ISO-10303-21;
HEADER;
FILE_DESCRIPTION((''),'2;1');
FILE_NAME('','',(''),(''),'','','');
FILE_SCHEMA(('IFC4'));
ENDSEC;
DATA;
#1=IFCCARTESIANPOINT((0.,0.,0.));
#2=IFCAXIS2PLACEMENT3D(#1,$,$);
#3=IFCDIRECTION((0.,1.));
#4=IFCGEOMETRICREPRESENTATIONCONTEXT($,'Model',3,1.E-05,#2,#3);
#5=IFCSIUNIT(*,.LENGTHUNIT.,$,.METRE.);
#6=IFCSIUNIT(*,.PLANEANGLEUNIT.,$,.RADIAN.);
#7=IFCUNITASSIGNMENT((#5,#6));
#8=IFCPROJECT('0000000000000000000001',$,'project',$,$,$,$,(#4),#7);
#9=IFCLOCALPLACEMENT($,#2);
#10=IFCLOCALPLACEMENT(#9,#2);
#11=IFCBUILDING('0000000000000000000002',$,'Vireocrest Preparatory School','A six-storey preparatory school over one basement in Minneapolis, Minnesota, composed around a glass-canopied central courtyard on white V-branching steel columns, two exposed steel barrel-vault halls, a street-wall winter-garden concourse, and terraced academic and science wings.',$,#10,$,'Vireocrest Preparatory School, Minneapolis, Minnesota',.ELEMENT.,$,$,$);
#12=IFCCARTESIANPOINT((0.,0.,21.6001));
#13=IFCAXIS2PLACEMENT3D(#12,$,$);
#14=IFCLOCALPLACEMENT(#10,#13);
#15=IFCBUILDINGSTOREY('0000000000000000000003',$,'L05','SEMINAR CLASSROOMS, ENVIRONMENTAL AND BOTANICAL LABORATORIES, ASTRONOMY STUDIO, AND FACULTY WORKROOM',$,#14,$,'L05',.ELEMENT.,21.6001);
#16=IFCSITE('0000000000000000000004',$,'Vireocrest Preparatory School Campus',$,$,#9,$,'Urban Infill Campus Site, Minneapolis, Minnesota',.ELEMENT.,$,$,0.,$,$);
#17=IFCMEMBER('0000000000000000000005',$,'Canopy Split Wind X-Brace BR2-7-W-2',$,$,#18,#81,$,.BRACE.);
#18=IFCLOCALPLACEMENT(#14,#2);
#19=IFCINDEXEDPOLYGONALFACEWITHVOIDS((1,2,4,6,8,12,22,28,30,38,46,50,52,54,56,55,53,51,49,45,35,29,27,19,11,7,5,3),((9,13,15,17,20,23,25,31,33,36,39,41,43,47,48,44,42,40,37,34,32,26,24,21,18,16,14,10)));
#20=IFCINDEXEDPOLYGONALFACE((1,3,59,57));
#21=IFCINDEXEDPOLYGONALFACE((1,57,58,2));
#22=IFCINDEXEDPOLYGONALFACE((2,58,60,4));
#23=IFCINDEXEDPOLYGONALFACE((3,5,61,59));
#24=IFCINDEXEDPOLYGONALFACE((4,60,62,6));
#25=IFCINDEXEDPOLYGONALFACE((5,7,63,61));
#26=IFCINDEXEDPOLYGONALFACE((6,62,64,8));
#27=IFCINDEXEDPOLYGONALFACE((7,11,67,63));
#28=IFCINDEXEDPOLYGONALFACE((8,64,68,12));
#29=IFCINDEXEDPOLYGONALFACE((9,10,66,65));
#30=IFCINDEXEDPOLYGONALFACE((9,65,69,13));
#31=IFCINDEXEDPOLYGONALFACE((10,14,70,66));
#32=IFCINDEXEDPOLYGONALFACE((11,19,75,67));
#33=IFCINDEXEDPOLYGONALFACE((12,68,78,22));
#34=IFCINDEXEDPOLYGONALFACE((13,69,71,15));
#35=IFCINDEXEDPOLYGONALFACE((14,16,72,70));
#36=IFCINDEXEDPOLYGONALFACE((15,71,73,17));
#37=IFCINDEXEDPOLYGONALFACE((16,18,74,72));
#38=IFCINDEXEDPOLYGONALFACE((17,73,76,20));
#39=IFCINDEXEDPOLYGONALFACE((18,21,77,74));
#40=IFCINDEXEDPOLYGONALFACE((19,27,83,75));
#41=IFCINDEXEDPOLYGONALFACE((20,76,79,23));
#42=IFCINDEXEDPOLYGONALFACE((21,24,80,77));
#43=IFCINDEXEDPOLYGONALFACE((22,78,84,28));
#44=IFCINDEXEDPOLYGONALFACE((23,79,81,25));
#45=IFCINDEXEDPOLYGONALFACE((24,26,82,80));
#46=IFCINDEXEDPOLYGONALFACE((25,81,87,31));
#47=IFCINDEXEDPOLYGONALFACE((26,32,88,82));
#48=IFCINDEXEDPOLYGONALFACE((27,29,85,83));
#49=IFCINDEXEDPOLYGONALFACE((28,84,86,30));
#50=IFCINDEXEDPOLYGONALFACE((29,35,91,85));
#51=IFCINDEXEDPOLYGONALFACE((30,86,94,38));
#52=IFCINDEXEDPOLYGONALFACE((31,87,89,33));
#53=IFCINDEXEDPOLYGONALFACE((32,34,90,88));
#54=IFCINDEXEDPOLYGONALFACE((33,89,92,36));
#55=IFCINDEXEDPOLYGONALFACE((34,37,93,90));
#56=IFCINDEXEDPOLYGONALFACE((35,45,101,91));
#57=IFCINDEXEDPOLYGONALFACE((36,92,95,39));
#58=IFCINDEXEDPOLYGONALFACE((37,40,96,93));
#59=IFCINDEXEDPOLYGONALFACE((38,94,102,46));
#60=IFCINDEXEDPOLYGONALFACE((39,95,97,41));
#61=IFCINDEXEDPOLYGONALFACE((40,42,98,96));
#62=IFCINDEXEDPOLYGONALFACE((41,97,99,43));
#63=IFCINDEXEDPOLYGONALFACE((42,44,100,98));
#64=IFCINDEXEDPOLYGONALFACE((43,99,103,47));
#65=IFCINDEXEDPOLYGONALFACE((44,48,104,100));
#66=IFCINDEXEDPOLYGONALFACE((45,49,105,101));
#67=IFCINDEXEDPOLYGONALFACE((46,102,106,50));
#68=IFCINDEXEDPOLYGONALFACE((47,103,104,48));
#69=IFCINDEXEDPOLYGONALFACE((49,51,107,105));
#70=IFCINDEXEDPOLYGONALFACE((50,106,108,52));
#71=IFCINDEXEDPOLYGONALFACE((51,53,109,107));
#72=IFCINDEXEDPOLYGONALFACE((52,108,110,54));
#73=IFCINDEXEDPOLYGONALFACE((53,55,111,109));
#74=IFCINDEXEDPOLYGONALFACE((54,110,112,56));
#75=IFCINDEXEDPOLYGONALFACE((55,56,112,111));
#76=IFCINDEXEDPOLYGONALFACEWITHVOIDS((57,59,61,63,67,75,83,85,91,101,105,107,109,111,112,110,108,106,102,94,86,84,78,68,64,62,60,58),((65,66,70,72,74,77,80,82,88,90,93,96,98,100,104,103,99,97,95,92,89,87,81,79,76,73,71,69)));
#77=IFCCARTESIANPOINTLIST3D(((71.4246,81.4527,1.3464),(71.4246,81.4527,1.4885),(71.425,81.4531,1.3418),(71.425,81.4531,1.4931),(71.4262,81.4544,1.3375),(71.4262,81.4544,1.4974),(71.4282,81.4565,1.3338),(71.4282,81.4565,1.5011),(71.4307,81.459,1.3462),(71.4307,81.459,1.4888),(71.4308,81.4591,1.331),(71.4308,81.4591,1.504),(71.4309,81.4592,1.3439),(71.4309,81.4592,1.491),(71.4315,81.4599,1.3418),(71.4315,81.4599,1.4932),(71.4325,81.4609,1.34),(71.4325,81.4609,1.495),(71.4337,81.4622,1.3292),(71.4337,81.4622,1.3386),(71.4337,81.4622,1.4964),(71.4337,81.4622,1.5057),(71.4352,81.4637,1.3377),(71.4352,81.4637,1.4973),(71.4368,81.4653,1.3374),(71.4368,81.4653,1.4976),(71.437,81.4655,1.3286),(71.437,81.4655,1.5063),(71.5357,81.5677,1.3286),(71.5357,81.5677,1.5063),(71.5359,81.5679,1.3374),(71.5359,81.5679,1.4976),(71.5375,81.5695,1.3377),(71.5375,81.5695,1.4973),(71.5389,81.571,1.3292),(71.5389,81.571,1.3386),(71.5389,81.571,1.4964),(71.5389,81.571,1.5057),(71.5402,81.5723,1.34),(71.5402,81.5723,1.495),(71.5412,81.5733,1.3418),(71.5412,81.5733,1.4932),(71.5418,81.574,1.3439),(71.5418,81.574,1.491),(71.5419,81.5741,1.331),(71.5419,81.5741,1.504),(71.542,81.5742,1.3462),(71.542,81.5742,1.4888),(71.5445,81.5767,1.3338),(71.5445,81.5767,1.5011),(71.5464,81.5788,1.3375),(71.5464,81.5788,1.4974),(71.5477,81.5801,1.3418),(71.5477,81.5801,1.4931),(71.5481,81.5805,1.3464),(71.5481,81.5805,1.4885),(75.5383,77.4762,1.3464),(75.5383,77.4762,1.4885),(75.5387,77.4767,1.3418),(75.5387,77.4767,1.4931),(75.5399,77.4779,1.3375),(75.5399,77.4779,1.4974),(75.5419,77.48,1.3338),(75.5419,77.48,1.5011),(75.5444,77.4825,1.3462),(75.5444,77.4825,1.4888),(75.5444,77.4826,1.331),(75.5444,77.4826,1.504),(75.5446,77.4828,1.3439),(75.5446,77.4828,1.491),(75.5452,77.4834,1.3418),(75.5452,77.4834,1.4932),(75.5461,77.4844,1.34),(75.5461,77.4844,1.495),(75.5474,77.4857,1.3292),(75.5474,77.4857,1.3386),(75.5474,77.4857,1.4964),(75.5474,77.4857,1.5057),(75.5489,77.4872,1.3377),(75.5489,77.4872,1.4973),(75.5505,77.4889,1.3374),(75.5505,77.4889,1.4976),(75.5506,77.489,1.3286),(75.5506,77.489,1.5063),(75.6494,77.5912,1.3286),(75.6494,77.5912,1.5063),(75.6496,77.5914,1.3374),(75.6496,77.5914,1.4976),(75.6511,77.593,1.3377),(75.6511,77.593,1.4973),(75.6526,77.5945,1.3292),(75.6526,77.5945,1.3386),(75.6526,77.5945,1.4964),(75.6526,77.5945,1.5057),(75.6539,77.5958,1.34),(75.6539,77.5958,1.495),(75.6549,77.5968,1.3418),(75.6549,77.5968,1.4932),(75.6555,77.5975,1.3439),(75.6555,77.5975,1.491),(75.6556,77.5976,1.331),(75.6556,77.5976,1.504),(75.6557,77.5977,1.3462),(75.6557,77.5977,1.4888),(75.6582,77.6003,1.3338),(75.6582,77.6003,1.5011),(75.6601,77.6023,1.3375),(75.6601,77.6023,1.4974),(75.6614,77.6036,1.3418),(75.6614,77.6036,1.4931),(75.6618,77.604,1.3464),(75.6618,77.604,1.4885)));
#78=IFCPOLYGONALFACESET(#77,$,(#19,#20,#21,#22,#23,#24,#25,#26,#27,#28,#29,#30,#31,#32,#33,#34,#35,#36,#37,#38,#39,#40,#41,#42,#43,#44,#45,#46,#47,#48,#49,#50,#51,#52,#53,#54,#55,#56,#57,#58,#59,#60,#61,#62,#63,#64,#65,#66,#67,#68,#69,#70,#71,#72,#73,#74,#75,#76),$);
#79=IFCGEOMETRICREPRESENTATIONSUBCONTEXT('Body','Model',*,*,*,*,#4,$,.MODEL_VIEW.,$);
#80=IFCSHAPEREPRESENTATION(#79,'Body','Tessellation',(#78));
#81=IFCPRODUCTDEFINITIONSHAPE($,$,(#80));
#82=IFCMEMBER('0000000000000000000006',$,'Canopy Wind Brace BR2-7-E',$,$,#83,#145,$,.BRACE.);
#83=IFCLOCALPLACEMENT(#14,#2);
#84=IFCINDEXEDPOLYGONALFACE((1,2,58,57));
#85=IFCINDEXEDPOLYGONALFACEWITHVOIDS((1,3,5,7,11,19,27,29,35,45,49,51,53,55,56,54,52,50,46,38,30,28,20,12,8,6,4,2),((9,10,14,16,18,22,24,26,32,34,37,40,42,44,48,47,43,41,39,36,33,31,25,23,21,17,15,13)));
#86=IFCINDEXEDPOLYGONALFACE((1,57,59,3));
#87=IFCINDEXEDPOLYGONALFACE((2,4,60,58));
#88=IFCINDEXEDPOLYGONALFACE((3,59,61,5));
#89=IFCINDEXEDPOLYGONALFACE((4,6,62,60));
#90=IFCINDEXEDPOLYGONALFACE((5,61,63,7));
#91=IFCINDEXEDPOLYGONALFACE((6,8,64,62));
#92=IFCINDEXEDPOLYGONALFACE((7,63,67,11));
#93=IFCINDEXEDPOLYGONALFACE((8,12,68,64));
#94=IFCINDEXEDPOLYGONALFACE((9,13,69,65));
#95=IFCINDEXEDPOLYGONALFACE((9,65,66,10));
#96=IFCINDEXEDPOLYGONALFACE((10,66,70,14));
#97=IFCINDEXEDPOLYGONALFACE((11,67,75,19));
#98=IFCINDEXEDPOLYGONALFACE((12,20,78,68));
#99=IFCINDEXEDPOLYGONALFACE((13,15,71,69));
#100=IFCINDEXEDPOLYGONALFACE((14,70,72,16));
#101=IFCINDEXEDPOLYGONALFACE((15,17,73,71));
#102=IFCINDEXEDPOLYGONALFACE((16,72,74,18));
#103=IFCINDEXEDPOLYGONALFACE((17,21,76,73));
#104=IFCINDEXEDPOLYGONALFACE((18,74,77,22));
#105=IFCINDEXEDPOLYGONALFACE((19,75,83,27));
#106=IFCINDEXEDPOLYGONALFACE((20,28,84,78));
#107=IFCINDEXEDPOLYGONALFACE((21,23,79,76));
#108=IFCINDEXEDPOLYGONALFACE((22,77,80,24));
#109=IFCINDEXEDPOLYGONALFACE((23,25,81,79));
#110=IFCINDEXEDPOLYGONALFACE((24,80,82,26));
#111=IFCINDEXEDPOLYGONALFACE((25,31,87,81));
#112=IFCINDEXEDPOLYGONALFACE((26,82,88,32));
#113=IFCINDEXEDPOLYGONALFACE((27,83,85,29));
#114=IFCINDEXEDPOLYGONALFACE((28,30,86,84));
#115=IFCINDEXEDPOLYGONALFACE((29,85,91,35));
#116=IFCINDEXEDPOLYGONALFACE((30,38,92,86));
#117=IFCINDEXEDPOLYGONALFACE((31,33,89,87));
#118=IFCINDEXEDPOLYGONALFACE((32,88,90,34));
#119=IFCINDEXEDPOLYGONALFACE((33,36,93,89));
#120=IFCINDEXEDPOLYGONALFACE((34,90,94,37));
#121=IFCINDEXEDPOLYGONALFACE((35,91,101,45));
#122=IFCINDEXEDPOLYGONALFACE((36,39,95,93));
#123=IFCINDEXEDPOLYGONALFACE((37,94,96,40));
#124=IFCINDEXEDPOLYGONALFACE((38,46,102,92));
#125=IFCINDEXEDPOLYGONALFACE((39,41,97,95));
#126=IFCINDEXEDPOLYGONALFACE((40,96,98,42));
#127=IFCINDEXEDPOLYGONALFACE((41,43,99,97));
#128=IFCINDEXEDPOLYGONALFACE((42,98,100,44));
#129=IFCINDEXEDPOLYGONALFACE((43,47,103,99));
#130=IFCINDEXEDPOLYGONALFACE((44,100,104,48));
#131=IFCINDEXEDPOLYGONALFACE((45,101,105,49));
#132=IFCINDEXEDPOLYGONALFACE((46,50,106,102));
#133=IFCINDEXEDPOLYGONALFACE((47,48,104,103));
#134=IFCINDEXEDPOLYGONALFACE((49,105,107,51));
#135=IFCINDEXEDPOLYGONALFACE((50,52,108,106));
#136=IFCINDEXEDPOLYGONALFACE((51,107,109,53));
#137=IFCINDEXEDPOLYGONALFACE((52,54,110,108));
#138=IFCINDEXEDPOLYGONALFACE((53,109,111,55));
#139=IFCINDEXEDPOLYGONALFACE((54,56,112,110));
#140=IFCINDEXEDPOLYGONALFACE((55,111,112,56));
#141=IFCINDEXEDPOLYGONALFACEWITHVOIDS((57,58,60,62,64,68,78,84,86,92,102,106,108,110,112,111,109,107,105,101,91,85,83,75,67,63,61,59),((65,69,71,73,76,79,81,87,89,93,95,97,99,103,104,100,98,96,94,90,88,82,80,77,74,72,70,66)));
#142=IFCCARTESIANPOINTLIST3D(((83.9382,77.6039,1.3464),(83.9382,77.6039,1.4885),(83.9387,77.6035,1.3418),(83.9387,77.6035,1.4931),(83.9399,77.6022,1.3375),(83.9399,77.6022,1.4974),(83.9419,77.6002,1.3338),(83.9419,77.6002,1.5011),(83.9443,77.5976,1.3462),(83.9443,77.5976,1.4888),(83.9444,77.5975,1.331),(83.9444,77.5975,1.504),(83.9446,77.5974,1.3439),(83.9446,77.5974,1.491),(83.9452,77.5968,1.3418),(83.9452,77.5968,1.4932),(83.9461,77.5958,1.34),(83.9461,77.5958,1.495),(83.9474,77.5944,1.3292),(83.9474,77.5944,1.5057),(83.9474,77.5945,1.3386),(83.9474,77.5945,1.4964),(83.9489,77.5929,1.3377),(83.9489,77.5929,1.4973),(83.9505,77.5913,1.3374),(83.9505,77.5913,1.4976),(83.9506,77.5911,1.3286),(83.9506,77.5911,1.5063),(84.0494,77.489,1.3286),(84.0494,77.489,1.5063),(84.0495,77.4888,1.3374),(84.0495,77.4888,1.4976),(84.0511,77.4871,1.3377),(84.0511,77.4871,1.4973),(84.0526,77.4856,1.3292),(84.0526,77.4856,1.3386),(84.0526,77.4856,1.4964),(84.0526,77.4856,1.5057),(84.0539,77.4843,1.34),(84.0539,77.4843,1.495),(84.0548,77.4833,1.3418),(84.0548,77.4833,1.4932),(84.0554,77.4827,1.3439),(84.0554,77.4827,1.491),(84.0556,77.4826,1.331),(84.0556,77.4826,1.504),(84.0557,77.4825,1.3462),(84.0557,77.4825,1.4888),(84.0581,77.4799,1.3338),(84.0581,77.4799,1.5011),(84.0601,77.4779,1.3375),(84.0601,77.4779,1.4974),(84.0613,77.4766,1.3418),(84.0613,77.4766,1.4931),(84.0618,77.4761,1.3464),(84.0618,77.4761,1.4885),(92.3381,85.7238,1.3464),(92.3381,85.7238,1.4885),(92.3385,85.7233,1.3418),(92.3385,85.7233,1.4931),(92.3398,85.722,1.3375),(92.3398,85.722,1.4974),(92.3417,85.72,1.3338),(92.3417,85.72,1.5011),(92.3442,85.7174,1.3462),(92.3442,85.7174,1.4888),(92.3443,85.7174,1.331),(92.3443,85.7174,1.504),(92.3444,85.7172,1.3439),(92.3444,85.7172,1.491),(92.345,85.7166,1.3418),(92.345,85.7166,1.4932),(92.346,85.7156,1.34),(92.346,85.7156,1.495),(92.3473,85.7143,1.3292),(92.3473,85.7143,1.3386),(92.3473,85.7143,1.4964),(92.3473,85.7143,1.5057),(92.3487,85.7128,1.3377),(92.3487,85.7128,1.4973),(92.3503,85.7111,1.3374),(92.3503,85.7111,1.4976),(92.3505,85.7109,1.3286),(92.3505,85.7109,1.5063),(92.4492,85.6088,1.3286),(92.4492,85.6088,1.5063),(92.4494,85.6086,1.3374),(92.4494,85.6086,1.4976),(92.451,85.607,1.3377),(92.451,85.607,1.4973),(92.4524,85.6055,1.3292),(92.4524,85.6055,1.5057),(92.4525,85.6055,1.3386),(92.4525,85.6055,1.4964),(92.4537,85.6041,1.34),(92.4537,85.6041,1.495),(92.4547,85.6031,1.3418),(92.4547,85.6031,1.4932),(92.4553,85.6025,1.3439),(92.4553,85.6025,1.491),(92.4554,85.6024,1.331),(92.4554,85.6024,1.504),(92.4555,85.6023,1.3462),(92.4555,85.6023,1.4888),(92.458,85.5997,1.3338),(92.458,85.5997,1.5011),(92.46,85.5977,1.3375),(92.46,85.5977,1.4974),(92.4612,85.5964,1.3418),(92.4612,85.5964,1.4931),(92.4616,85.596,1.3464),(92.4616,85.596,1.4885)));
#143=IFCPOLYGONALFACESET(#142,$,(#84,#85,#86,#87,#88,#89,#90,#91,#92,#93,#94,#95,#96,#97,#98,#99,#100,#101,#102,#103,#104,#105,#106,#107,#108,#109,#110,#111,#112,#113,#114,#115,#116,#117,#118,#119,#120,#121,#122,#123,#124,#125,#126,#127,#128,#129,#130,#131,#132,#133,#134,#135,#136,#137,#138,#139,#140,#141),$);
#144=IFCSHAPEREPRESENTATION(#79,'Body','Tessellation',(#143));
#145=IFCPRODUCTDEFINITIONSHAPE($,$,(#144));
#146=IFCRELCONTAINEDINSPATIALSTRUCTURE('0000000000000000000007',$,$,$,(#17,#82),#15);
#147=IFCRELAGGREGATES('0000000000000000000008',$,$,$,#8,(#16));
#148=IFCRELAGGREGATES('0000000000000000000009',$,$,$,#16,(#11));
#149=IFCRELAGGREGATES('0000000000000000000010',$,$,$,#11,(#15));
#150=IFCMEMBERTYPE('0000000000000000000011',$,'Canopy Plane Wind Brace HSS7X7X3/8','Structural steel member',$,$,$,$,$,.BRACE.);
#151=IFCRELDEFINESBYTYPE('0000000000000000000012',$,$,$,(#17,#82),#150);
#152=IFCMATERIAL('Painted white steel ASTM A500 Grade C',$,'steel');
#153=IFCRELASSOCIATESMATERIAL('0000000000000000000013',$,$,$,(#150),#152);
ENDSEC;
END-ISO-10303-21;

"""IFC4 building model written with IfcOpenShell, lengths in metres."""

from ifc_helpers import new_model, si_unit, direction, frame, origin, origin_2d, place, context, subcontext, project, spatial, hollow_rectangle, extrude, material, material_profile, profile_set, type_object, element, save


model = new_model("IFC4")

# Units and contexts
model_context = context("Model", 3, precision=1e-05, world=origin(), true_north=direction((0.0, 1.0)))
body_context = subcontext(model_context, "Body", "Model", "MODEL_VIEW")
ifc_project = project(units=[si_unit("LENGTHUNIT", "METRE"), si_unit("PLANEANGLEUNIT", "RADIAN")], contexts=[model_context])

# Site, building, storey
site_placement = place(None, origin())
site = spatial("IfcSite", under=ifc_project, at=site_placement, Name="Vireocrest Preparatory School Campus", LongName="Urban Infill Campus Site, Minneapolis, Minnesota", CompositionType="ELEMENT", RefElevation=0.0)
building_placement = place(site_placement, origin())
building = spatial("IfcBuilding", under=site, at=building_placement, Name="Vireocrest Preparatory School", Description="A six-storey preparatory school over one basement in Minneapolis, Minnesota, composed around a glass-canopied central courtyard on white V-branching steel columns, two exposed steel barrel-vault halls, a street-wall winter-garden concourse, and terraced academic and science wings.", LongName="Vireocrest Preparatory School, Minneapolis, Minnesota", CompositionType="ELEMENT")
storey_placement = place(building_placement, frame((0.0, 0.0, 21.6001)))
storey = spatial("IfcBuildingStorey", under=building, at=storey_placement, Name="L05", Description="SEMINAR CLASSROOMS, ENVIRONMENTAL AND BOTANICAL LABORATORIES, ASTRONOMY STUDIO, AND FACULTY WORKROOM", LongName="L05", CompositionType="ELEMENT", Elevation=21.6001)

# Members
ifc_material_1 = material(Name="Painted white steel ASTM A500 Grade C", Category="steel")
ifc_material_profile_1 = material_profile(ifc_material_1, hollow_rectangle(XDim=0.1777, YDim=0.1777, WallThickness=0.0088, InnerFilletRadius=0.0088, OuterFilletRadius=0.0178, at=origin_2d()), Name="HSS7X7X3/8")
ifc_profile_set_1 = profile_set([ifc_material_profile_1], Name="Painted white steel ASTM A500 Grade C")
member_type_1 = type_object("IfcMemberType", Name="Canopy Plane Wind Brace HSS7X7X3/8", Description="Structural steel member", PredefinedType="BRACE", material=ifc_profile_set_1)
member_1_placement = place(storey_placement, frame((71.4863, 81.5166, 1.4175), z_axis=(0.718995, -0.695015, 0.0), x_axis=(0.695015, 0.718995, 0.0)))
element("IfcMember", 1, at=member_1_placement, inside=storey, type_object=member_type_1, Name="Canopy Split Wind X-Brace BR2-7-W-2", PredefinedType="BRACE", context=body_context, shape_type="SweptSolid", body=[
    extrude(hollow_rectangle(XDim=0.1777, YDim=0.1777, WallThickness=0.0088, InnerFilletRadius=0.0088, OuterFilletRadius=0.0178, at=origin_2d()), origin(), (0.0, 0.0, 1.0), 5.7214),
])
member_2_placement = place(storey_placement, frame((84.0, 77.54, 1.4175), z_axis=(0.71899, 0.695021, 0.0), x_axis=(-0.695021, 0.71899, 0.0)))
element("IfcMember", 2, at=member_2_placement, inside=storey, type_object=member_type_1, Name="Canopy Wind Brace BR2-7-E", PredefinedType="BRACE", context=body_context, shape_type="SweptSolid", body=[
    extrude(hollow_rectangle(XDim=0.1777, YDim=0.1777, WallThickness=0.0088, InnerFilletRadius=0.0088, OuterFilletRadius=0.0178, at=origin_2d()), origin(), (0.0, 0.0, 1.0), 11.6829),
])

save(model, "model.ifc")
